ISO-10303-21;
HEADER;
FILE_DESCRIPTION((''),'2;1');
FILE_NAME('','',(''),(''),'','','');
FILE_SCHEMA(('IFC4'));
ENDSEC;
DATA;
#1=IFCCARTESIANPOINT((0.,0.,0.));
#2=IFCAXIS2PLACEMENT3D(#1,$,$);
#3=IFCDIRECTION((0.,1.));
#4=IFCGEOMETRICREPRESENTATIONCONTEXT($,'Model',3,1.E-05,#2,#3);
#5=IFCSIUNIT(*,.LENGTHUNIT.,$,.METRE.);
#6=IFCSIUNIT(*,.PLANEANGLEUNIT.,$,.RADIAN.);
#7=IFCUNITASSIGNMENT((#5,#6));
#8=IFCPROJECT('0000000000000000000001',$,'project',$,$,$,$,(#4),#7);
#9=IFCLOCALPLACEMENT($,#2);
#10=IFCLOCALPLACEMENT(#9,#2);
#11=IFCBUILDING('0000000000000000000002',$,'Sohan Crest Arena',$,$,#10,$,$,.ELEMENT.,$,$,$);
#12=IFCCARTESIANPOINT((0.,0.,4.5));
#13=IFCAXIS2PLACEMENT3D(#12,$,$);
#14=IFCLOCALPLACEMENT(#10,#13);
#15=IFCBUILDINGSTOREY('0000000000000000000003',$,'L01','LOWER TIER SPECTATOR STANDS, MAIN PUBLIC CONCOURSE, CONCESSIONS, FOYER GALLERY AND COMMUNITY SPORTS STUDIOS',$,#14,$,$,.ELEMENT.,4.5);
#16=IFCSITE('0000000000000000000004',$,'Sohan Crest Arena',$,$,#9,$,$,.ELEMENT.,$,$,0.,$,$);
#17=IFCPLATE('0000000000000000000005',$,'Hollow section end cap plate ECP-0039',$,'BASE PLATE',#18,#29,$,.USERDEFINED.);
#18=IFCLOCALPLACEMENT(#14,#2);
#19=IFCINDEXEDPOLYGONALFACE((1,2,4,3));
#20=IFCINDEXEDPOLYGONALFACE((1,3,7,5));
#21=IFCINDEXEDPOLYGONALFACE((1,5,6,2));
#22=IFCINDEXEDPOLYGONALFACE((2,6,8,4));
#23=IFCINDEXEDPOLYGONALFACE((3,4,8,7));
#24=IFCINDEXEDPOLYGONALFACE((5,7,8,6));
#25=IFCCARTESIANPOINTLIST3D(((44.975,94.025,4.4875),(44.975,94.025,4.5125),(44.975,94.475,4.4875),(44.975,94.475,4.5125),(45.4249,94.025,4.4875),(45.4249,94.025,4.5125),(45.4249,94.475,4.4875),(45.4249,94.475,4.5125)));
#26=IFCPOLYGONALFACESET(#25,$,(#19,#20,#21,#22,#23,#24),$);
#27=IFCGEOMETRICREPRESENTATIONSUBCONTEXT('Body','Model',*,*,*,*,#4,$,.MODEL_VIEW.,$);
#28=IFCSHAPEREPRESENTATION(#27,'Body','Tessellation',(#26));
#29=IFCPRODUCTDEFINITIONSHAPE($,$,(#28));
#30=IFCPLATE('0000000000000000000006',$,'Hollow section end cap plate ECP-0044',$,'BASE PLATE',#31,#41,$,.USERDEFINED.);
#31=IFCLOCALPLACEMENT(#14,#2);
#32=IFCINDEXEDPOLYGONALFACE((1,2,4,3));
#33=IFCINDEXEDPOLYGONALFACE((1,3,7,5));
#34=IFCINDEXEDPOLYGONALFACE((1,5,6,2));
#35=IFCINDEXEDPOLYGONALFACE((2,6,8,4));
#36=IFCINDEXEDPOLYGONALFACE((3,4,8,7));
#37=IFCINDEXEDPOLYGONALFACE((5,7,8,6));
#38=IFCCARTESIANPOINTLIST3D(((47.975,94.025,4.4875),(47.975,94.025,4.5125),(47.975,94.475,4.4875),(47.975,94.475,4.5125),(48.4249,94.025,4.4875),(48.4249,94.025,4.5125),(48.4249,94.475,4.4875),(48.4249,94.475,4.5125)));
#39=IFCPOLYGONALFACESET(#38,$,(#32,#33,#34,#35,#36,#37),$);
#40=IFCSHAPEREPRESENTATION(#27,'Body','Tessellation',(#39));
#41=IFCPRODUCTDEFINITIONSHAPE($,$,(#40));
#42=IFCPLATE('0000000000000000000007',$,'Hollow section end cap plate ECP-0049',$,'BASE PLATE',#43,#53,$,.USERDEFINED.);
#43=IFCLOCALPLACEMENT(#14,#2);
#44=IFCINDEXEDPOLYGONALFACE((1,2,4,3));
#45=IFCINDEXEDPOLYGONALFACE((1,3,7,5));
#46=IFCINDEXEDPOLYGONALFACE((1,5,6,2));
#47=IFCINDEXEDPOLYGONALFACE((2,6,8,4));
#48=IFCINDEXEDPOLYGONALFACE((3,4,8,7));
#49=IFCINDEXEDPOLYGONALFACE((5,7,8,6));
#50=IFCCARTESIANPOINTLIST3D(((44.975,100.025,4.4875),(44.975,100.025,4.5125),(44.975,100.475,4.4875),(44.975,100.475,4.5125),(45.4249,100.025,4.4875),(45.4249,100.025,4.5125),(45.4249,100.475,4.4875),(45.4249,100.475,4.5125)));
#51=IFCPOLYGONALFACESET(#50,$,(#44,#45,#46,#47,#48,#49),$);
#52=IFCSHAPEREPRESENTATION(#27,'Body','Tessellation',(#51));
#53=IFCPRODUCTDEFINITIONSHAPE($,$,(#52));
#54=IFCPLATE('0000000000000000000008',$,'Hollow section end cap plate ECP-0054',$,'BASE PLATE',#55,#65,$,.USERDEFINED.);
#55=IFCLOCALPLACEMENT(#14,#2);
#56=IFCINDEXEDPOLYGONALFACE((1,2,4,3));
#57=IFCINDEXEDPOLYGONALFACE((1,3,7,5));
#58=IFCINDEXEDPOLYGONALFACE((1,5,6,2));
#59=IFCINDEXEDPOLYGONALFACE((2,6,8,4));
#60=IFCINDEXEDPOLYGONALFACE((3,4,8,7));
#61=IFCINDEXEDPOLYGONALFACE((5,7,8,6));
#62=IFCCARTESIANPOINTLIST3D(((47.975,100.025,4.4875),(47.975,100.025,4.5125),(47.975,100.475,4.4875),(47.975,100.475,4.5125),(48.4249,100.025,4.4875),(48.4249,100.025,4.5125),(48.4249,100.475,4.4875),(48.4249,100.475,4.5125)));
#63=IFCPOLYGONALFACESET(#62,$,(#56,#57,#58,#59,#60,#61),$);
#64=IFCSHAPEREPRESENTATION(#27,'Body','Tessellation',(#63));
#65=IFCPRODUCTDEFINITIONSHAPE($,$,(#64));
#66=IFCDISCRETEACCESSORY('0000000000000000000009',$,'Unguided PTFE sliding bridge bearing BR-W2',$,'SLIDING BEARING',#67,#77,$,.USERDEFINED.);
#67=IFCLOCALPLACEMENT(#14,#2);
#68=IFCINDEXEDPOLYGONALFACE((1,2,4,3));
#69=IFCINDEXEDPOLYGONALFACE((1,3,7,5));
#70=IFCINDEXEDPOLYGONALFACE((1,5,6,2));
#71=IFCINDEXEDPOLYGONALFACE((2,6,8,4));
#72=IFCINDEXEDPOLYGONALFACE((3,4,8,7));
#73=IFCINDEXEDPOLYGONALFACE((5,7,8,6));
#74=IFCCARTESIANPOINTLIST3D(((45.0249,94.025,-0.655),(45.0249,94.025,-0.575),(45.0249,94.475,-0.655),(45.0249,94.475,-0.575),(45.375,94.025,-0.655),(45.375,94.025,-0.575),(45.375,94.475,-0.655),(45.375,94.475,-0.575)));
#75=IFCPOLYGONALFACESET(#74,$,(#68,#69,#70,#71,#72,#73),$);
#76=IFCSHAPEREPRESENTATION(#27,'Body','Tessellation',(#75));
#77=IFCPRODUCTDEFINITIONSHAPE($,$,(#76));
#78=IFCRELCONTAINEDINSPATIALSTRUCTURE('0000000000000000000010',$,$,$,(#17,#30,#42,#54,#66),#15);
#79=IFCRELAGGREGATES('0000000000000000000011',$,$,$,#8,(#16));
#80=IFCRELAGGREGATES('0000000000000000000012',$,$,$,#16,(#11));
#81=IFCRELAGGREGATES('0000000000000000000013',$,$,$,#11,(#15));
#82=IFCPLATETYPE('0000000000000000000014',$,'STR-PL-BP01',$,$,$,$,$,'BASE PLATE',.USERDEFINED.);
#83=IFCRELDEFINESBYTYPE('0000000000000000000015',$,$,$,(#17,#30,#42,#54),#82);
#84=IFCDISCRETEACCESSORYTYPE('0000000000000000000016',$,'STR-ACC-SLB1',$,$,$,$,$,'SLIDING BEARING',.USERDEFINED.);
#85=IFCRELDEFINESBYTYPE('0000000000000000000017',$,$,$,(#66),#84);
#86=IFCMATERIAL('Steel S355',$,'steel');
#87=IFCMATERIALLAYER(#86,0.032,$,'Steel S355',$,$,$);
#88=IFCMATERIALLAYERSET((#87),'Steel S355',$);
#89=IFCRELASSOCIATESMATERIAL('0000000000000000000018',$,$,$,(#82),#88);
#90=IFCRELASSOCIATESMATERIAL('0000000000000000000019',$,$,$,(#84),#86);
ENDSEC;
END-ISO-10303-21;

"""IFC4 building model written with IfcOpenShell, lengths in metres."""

from ifc_helpers import new_model, si_unit, direction, frame, origin, origin_2d, place, context, subcontext, project, spatial, rectangle, extrude, material, layer, layer_set, type_object, element, save


model = new_model("IFC4")

# Units and contexts
model_context = context("Model", 3, precision=1e-05, world=origin(), true_north=direction((0.0, 1.0)))
body_context = subcontext(model_context, "Body", "Model", "MODEL_VIEW")
ifc_project = project(units=[si_unit("LENGTHUNIT", "METRE"), si_unit("PLANEANGLEUNIT", "RADIAN")], contexts=[model_context])

# Site, building, storey
site_placement = place(None, origin())
site = spatial("IfcSite", under=ifc_project, at=site_placement, Name="Sohan Crest Arena", CompositionType="ELEMENT", RefElevation=0.0)
building_placement = place(site_placement, origin())
building = spatial("IfcBuilding", under=site, at=building_placement, Name="Sohan Crest Arena", CompositionType="ELEMENT")
storey_placement = place(building_placement, frame((0.0, 0.0, 4.5)))
storey = spatial("IfcBuildingStorey", under=building, at=storey_placement, Name="L01", Description="LOWER TIER SPECTATOR STANDS, MAIN PUBLIC CONCOURSE, CONCESSIONS, FOYER GALLERY AND COMMUNITY SPORTS STUDIOS", CompositionType="ELEMENT", Elevation=4.5)

# Shared definitions
ifc_material_1 = material(Name="Steel S355", Category="steel")

# Plates
ifc_layer_1 = layer(ifc_material_1, 0.032, Name="Steel S355")
ifc_layer_set_1 = layer_set([ifc_layer_1], Name="Steel S355")
plate_type_1 = type_object("IfcPlateType", Name="STR-PL-BP01", ElementType="BASE PLATE", PredefinedType="USERDEFINED", material=ifc_layer_set_1)
for number, where, z_axis, x_axis, name in (
    (1, (45.2, 94.25, 4.4875), (0.0, 0.0, 1.0), (1.0, 0.0, 0.0), "Hollow section end cap plate ECP-0039"),
    (2, (48.2, 94.25, 4.4875), (0.0, 0.0, 1.0), (1.0, 0.0, 0.0), "Hollow section end cap plate ECP-0044"),
    (3, (45.2, 100.25, 4.4875), (0.0, 0.0, 1.0), (1.0, 0.0, 0.0), "Hollow section end cap plate ECP-0049"),
    (4, (48.2, 100.25, 4.4875), (0.0, 0.0, 1.0), (1.0, 0.0, 0.0), "Hollow section end cap plate ECP-0054"),
):
    element("IfcPlate", number, at=place(storey_placement, frame(where, z_axis=z_axis, x_axis=x_axis)), inside=storey, type_object=plate_type_1, Name=name, ObjectType="BASE PLATE", PredefinedType="USERDEFINED", context=body_context, shape_type="SweptSolid", body=[
        extrude(rectangle(XDim=0.45, YDim=0.45, at=origin_2d()), origin(), (0.0, 0.0, 1.0), 0.0249),
    ])

# Discrete accessory
discrete_accessory_type = type_object("IfcDiscreteAccessoryType", Name="STR-ACC-SLB1", ElementType="SLIDING BEARING", PredefinedType="USERDEFINED", material=ifc_material_1)
discrete_accessory_placement = place(storey_placement, frame((45.2, 94.25, -0.655), z_axis=(0.0, 0.0, 1.0), x_axis=(1.0, 0.0, 0.0)))
element("IfcDiscreteAccessory", 5, at=discrete_accessory_placement, inside=storey, type_object=discrete_accessory_type, Name="Unguided PTFE sliding bridge bearing BR-W2", ObjectType="SLIDING BEARING", PredefinedType="USERDEFINED", context=body_context, shape_type="SweptSolid", body=[
    extrude(rectangle(XDim=0.3501, YDim=0.45, at=origin_2d()), origin(), (0.0, 0.0, 1.0), 0.0801),
])

save(model, "model.ifc")
